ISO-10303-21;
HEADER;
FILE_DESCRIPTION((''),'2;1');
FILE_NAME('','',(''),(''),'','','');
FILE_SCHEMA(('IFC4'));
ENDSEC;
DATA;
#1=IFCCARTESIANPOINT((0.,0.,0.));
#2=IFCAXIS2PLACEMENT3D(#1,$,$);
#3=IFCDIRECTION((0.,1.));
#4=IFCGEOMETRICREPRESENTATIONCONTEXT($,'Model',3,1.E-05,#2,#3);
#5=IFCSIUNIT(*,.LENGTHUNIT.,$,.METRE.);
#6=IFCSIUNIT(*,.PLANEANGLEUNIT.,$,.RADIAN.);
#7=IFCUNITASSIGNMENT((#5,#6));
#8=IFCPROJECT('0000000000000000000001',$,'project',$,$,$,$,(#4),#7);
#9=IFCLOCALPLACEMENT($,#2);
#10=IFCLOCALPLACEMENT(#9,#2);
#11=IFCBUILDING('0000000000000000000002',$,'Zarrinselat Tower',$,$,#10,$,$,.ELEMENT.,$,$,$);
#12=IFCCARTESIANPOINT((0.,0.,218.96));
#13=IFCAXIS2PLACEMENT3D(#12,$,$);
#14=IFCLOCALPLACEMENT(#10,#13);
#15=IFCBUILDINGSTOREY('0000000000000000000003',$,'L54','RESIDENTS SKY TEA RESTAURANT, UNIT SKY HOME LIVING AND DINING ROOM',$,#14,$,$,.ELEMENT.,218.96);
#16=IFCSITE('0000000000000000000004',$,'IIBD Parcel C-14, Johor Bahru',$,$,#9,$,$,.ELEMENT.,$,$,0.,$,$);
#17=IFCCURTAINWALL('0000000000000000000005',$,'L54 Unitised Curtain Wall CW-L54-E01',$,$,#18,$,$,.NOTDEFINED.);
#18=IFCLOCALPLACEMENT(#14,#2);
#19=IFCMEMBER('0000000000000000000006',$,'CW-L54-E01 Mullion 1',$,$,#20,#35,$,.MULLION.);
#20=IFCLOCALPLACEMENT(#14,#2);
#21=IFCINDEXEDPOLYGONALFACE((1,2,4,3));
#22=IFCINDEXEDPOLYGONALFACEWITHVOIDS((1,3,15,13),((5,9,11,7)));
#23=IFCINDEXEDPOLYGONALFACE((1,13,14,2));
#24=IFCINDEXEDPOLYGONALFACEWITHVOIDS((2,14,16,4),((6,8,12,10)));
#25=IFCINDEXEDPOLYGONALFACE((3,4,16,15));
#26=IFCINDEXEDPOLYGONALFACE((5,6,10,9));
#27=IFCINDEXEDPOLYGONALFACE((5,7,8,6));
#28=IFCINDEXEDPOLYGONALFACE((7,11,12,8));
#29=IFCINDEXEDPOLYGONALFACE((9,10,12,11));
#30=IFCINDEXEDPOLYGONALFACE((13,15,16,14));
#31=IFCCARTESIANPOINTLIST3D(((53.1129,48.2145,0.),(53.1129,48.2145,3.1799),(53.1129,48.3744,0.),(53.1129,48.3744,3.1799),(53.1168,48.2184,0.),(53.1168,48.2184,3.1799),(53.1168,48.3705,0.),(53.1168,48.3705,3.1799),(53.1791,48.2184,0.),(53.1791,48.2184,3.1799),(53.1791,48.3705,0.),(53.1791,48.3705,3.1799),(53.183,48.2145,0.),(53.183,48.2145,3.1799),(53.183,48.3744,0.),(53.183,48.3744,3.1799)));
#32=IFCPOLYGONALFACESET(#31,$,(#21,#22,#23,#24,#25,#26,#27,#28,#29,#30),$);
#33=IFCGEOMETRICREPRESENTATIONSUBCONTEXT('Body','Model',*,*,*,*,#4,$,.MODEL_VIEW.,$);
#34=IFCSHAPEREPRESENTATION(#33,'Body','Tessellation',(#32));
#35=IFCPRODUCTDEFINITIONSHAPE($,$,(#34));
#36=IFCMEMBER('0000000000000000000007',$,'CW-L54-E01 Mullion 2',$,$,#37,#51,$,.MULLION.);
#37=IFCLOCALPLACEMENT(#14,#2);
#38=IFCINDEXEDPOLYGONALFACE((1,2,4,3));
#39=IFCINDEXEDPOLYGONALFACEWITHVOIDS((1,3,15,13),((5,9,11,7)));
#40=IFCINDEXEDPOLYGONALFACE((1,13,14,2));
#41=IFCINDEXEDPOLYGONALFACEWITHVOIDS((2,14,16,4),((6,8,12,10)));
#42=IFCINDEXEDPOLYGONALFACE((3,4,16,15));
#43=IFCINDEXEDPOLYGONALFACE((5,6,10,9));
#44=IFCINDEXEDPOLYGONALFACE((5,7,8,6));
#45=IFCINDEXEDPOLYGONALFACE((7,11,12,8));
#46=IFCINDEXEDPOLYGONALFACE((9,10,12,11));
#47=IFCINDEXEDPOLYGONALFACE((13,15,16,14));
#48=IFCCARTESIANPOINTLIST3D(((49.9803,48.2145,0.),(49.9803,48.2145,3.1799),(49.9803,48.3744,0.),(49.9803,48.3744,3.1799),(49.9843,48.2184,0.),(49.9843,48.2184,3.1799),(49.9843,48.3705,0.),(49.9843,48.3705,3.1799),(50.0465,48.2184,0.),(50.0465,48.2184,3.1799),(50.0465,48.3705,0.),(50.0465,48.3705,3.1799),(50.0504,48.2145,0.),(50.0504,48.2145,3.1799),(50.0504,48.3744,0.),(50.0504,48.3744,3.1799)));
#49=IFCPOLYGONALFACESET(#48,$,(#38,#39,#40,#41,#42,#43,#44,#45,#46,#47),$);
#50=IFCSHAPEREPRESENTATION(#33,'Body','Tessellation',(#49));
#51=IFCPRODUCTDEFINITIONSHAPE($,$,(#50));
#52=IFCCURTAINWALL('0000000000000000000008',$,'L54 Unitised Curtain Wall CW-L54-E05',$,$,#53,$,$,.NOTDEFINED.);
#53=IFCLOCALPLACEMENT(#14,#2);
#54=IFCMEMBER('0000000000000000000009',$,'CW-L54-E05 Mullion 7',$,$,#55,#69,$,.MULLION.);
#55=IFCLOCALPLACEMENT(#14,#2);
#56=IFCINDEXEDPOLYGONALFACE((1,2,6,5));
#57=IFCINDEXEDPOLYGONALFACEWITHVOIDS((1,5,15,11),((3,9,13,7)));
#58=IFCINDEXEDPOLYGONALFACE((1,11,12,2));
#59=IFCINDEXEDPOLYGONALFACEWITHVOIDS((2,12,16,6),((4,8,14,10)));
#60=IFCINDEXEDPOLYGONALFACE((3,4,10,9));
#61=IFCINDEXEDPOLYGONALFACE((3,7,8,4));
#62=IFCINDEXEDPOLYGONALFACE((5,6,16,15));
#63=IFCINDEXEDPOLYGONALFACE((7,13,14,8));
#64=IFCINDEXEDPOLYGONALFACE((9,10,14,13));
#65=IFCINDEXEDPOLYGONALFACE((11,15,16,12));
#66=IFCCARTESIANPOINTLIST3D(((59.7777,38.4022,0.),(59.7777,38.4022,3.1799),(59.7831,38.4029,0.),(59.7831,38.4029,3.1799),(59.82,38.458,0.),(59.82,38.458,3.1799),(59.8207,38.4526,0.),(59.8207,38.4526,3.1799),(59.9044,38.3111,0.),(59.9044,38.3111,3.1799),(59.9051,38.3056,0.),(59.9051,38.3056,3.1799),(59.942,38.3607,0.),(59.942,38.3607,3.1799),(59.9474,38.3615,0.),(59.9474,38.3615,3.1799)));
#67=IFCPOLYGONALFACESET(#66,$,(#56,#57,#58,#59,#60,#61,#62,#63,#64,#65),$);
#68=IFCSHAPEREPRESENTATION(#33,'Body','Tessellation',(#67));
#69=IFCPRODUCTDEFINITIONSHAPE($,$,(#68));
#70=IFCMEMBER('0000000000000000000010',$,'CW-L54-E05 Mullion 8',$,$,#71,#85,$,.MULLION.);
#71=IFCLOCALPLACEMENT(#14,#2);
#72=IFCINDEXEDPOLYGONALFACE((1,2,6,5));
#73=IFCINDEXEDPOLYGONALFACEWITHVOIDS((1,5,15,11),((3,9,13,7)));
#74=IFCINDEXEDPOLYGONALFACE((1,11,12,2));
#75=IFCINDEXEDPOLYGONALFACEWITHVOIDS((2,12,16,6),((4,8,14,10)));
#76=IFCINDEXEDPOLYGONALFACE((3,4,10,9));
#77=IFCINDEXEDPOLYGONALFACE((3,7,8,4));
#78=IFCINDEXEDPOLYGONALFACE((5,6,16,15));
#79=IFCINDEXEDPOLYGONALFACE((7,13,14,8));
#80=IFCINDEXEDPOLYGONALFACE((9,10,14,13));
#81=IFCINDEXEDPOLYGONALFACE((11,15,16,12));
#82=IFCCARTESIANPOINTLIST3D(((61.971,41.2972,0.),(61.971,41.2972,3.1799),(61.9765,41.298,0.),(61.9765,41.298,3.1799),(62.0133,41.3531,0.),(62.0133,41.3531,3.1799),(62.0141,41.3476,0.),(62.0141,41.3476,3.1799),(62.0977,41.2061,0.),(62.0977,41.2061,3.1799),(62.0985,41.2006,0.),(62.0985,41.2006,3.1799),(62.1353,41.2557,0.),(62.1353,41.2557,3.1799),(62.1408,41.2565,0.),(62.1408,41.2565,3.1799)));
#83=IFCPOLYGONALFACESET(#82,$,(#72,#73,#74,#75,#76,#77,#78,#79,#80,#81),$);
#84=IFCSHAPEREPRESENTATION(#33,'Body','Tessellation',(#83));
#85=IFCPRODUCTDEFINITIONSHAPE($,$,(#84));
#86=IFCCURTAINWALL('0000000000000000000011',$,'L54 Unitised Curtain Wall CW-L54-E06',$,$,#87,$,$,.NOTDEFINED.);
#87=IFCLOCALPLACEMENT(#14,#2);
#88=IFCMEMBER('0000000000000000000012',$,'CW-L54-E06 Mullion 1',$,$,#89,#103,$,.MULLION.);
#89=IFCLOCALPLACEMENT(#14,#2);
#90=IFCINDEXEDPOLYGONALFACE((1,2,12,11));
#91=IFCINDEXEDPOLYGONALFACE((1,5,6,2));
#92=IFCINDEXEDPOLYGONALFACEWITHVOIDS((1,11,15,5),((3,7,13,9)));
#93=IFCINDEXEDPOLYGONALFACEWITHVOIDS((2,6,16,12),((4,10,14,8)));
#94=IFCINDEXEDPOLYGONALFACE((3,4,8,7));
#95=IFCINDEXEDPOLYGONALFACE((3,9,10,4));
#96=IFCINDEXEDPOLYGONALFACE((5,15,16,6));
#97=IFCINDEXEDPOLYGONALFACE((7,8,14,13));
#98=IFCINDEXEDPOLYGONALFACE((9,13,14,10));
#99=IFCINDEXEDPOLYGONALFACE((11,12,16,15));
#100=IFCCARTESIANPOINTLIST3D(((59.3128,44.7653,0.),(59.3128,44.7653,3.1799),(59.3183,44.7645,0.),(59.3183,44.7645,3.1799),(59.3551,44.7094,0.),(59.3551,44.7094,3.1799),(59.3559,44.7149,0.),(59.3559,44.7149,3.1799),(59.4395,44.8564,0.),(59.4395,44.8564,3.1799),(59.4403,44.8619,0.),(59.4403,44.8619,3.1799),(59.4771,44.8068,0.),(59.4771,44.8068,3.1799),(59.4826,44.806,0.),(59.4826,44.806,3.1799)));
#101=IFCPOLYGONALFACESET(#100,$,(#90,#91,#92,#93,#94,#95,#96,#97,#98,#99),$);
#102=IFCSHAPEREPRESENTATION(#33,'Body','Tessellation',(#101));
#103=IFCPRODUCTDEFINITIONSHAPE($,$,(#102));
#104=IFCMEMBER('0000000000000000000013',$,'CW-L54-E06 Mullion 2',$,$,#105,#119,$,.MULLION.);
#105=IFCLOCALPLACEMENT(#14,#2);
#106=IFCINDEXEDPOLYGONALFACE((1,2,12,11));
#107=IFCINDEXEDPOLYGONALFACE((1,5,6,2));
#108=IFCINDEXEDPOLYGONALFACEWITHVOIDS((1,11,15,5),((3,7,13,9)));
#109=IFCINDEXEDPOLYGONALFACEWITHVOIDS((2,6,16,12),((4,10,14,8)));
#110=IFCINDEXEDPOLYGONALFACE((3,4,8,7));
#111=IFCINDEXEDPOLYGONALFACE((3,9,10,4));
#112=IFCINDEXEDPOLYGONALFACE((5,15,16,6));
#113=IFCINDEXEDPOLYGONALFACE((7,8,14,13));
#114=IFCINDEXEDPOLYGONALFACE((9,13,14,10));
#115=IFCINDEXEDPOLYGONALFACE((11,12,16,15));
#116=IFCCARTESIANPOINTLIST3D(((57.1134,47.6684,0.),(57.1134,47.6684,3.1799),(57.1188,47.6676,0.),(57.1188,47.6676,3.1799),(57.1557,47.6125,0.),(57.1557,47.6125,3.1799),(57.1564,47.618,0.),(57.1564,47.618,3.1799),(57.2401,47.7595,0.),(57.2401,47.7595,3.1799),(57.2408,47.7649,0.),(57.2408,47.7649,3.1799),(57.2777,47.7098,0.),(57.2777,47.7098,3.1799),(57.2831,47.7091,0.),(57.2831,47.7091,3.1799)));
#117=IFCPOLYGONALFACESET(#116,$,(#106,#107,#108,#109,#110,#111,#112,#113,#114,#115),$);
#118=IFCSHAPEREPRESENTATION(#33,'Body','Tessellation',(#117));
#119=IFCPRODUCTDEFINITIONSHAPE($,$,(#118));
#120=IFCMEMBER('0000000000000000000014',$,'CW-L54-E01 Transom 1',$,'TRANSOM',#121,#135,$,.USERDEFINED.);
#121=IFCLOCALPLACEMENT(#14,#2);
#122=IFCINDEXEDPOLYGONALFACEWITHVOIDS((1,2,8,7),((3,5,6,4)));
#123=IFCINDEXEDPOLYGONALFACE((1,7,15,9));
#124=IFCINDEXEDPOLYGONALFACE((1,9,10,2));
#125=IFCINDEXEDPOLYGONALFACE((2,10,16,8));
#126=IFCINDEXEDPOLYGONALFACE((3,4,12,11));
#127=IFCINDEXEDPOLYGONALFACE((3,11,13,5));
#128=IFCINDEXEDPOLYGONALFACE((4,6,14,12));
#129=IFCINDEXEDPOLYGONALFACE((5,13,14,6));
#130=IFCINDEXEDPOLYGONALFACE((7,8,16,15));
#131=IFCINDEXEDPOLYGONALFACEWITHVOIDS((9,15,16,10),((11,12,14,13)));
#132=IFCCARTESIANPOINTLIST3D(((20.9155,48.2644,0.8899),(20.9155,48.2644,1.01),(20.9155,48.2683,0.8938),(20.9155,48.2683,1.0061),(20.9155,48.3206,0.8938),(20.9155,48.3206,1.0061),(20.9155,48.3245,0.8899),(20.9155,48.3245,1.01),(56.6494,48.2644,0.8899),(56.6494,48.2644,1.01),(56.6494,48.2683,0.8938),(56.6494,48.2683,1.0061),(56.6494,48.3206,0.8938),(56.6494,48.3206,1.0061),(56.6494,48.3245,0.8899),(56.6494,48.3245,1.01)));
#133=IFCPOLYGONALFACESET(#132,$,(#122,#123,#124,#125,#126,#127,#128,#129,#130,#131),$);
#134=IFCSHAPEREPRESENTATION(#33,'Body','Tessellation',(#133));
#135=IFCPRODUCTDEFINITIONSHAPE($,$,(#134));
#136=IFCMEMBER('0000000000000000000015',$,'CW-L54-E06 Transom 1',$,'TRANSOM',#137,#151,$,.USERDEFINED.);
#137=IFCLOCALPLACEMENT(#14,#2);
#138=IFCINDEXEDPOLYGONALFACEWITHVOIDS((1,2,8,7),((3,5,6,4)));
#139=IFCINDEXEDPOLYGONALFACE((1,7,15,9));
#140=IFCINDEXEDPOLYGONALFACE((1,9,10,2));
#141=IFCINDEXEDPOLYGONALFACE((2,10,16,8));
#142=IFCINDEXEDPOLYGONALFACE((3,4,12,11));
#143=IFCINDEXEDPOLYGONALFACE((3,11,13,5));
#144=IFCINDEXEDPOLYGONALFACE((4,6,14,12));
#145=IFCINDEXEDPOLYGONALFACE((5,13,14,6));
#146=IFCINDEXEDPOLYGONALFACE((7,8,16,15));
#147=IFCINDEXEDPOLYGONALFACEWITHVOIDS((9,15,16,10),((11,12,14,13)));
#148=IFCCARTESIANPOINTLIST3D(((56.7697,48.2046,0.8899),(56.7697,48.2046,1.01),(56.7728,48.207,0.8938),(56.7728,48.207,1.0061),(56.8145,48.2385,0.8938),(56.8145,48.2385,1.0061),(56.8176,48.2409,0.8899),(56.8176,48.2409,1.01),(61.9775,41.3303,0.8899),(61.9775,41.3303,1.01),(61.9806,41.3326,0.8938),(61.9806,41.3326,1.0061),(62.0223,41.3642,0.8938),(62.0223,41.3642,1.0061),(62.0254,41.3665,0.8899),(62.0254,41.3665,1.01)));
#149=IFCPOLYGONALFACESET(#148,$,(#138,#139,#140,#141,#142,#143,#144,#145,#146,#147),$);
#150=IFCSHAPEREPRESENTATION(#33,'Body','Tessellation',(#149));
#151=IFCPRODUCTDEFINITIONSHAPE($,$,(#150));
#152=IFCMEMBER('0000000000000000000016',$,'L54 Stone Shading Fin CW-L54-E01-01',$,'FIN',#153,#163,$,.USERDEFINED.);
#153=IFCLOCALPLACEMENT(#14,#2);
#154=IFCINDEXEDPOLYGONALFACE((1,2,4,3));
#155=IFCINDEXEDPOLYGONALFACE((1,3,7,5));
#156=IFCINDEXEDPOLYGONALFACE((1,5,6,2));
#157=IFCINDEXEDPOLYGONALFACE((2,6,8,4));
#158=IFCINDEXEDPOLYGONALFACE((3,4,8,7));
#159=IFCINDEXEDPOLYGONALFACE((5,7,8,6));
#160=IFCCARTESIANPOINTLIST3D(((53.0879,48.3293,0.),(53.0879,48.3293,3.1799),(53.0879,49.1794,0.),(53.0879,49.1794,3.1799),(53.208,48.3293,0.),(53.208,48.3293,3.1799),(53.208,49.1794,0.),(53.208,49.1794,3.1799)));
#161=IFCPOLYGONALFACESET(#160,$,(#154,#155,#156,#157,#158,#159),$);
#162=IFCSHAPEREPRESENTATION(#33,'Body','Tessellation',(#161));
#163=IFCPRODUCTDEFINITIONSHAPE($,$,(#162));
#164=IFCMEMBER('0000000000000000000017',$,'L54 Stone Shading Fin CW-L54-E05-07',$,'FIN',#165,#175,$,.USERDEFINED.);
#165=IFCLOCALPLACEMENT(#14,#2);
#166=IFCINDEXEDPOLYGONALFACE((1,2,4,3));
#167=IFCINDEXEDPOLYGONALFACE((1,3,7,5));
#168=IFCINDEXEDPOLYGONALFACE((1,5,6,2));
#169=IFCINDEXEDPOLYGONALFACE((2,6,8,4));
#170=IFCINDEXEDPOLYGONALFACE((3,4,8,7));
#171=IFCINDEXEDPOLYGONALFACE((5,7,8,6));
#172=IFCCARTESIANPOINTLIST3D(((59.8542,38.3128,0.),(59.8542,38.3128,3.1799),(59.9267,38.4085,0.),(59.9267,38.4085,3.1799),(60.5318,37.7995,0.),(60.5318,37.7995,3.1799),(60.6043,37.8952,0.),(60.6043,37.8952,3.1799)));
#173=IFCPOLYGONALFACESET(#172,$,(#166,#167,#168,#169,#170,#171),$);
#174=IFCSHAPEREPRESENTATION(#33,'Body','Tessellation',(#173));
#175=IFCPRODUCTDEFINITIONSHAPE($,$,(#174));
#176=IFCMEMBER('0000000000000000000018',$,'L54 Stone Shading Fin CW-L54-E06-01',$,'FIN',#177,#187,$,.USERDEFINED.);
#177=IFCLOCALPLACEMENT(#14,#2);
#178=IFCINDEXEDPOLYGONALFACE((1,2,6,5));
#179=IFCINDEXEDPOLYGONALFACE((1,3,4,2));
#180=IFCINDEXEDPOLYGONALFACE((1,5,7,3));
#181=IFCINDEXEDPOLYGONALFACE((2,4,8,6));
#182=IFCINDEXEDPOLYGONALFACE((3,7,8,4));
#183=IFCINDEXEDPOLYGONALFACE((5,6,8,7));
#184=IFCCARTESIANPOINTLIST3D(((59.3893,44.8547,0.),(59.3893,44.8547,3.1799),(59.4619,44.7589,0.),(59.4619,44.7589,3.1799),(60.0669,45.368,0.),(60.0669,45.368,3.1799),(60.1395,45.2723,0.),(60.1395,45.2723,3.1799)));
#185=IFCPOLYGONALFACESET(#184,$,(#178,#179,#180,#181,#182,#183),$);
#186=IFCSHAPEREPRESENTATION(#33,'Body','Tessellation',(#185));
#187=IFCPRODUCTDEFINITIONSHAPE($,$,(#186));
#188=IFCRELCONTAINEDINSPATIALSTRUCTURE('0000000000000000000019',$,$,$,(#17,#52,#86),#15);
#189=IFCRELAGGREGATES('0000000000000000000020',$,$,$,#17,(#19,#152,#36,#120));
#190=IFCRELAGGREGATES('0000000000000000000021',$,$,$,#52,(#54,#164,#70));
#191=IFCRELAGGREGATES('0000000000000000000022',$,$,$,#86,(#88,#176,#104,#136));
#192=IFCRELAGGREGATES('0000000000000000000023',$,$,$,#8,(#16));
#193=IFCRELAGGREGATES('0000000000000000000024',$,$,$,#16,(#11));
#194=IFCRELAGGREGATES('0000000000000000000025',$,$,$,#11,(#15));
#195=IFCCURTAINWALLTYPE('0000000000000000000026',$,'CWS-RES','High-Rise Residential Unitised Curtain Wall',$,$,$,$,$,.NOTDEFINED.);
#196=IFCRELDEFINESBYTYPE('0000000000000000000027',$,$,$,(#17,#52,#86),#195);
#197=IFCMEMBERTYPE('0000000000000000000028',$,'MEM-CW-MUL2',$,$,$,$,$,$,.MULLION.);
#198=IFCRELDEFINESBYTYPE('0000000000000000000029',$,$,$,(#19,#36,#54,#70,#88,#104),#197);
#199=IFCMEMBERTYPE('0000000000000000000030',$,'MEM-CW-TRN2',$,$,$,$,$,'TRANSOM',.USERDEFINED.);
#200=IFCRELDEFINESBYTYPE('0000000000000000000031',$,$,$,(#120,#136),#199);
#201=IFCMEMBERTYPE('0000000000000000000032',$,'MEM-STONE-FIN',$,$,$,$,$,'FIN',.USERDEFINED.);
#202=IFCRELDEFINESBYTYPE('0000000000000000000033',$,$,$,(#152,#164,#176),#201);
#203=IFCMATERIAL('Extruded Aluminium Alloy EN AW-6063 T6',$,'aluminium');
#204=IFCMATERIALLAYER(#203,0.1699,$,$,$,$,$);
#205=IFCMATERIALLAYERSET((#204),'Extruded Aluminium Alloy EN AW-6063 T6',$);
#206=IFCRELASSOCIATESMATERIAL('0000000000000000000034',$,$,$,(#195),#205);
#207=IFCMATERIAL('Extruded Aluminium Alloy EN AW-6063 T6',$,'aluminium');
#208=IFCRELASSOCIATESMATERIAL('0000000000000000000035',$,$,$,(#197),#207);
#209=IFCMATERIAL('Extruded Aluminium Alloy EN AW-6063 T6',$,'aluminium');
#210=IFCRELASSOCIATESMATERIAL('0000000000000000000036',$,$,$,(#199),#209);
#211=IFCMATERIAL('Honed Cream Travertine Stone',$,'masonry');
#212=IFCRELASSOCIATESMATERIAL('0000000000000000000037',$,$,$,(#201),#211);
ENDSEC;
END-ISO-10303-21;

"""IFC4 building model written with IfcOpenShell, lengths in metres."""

from ifc_helpers import new_model, si_unit, direction, frame, origin, origin_2d, place, context, subcontext, project, spatial, rectangle, hollow_rectangle, extrude, material, layer, layer_set, material_profile, profile_set, type_object, element, aggregate, save


model = new_model("IFC4")

# Units and contexts
model_context = context("Model", 3, precision=1e-05, world=origin(), true_north=direction((0.0, 1.0)))
body_context = subcontext(model_context, "Body", "Model", "MODEL_VIEW")
ifc_project = project(units=[si_unit("LENGTHUNIT", "METRE"), si_unit("PLANEANGLEUNIT", "RADIAN")], contexts=[model_context])

# Site, building, storey
site_placement = place(None, origin())
site = spatial("IfcSite", under=ifc_project, at=site_placement, Name="IIBD Parcel C-14, Johor Bahru", CompositionType="ELEMENT", RefElevation=0.0)
building_placement = place(site_placement, origin())
building = spatial("IfcBuilding", under=site, at=building_placement, Name="Zarrinselat Tower", CompositionType="ELEMENT")
storey_placement = place(building_placement, frame((0.0, 0.0, 218.96)))
storey = spatial("IfcBuildingStorey", under=building, at=storey_placement, Name="L54", Description="RESIDENTS SKY TEA RESTAURANT, UNIT SKY HOME LIVING AND DINING ROOM", CompositionType="ELEMENT", Elevation=218.96)

# Curtain walls, members
ifc_material_1 = material(Name="Extruded Aluminium Alloy EN AW-6063 T6", Category="aluminium")
ifc_layer_1 = layer(ifc_material_1, 0.1699)
ifc_layer_set_1 = layer_set([ifc_layer_1], Name="Extruded Aluminium Alloy EN AW-6063 T6")
curtain_wall_type = type_object("IfcCurtainWallType", Name="CWS-RES", Description="High-Rise Residential Unitised Curtain Wall", PredefinedType="NOTDEFINED", material=ifc_layer_set_1)
curtain_wall_1_placement = place(storey_placement, origin())
curtain_wall_1 = element("IfcCurtainWall", 1, at=curtain_wall_1_placement, inside=storey, type_object=curtain_wall_type, Name="L54 Unitised Curtain Wall CW-L54-E01", PredefinedType="NOTDEFINED")
ifc_material_2 = material(Name="Extruded Aluminium Alloy EN AW-6063 T6", Category="aluminium")
ifc_material_profile_1 = material_profile(ifc_material_2, hollow_rectangle(XDim=0.0701, YDim=0.1599, WallThickness=0.0039, at=origin_2d()), Name="RHS 160x70x4")
ifc_profile_set_1 = profile_set([ifc_material_profile_1], Name="Extruded Aluminium Alloy EN AW-6063 T6")
member_type_1 = type_object("IfcMemberType", Name="MEM-CW-MUL2", PredefinedType="MULLION", material=ifc_profile_set_1)
member_1_placement = place(storey_placement, frame((53.1479, 48.2944, 0.0), z_axis=(0.0, 0.0, 1.0), x_axis=(-1.0, 0.0, 0.0)))
member_1 = element("IfcMember", 2, at=member_1_placement, type_object=member_type_1, Name="CW-L54-E01 Mullion 1", PredefinedType="MULLION", context=body_context, shape_type="SweptSolid", body=[
    extrude(hollow_rectangle(XDim=0.0701, YDim=0.1599, WallThickness=0.0039, at=origin_2d()), origin(), (0.0, 0.0, 1.0), 3.1799),
])
member_2_placement = place(storey_placement, frame((50.0154, 48.2944, 0.0), z_axis=(0.0, 0.0, 1.0), x_axis=(-1.0, 0.0, 0.0)))
member_2 = element("IfcMember", 3, at=member_2_placement, type_object=member_type_1, Name="CW-L54-E01 Mullion 2", PredefinedType="MULLION", context=body_context, shape_type="SweptSolid", body=[
    extrude(hollow_rectangle(XDim=0.0701, YDim=0.1599, WallThickness=0.0039, at=origin_2d()), origin(), (0.0, 0.0, 1.0), 3.1799),
])
curtain_wall_2_placement = place(storey_placement, origin())
curtain_wall_2 = element("IfcCurtainWall", 4, at=curtain_wall_2_placement, inside=storey, type_object=curtain_wall_type, Name="L54 Unitised Curtain Wall CW-L54-E05", PredefinedType="NOTDEFINED")
member_3_placement = place(storey_placement, frame((59.8625, 38.3818, 0.0), z_axis=(0.0, 0.0, 1.0), x_axis=(0.603859, 0.797091, 0.0)))
member_3 = element("IfcMember", 5, at=member_3_placement, type_object=member_type_1, Name="CW-L54-E05 Mullion 7", PredefinedType="MULLION", context=body_context, shape_type="SweptSolid", body=[
    extrude(hollow_rectangle(XDim=0.0701, YDim=0.1599, WallThickness=0.0039, at=origin_2d()), origin(), (0.0, 0.0, 1.0), 3.1799),
])
member_4_placement = place(storey_placement, frame((62.0559, 41.2769, 0.0), z_axis=(0.0, 0.0, 1.0), x_axis=(0.603859, 0.797091, 0.0)))
member_4 = element("IfcMember", 6, at=member_4_placement, type_object=member_type_1, Name="CW-L54-E05 Mullion 8", PredefinedType="MULLION", context=body_context, shape_type="SweptSolid", body=[
    extrude(hollow_rectangle(XDim=0.0701, YDim=0.1599, WallThickness=0.0039, at=origin_2d()), origin(), (0.0, 0.0, 1.0), 3.1799),
])
curtain_wall_3_placement = place(storey_placement, origin())
curtain_wall_3 = element("IfcCurtainWall", 7, at=curtain_wall_3_placement, inside=storey, type_object=curtain_wall_type, Name="L54 Unitised Curtain Wall CW-L54-E06", PredefinedType="NOTDEFINED")
member_5_placement = place(storey_placement, frame((59.3977, 44.7856, 0.0), z_axis=(0.0, 0.0, 1.0), x_axis=(-0.60386, 0.79709, 0.0)))
member_5 = element("IfcMember", 8, at=member_5_placement, type_object=member_type_1, Name="CW-L54-E06 Mullion 1", PredefinedType="MULLION", context=body_context, shape_type="SweptSolid", body=[
    extrude(hollow_rectangle(XDim=0.0701, YDim=0.1599, WallThickness=0.0039, at=origin_2d()), origin(), (0.0, 0.0, 1.0), 3.1799),
])
member_6_placement = place(storey_placement, frame((57.1982, 47.6887, 0.0), z_axis=(0.0, 0.0, 1.0), x_axis=(-0.60386, 0.79709, 0.0)))
member_6 = element("IfcMember", 9, at=member_6_placement, type_object=member_type_1, Name="CW-L54-E06 Mullion 2", PredefinedType="MULLION", context=body_context, shape_type="SweptSolid", body=[
    extrude(hollow_rectangle(XDim=0.0701, YDim=0.1599, WallThickness=0.0039, at=origin_2d()), origin(), (0.0, 0.0, 1.0), 3.1799),
])

# Members
ifc_material_3 = material(Name="Extruded Aluminium Alloy EN AW-6063 T6", Category="aluminium")
ifc_material_profile_2 = material_profile(ifc_material_3, hollow_rectangle(XDim=0.0601, YDim=0.1201, WallThickness=0.0039, at=origin_2d()), Name="RHS 120x60x4")
ifc_profile_set_2 = profile_set([ifc_material_profile_2], Name="Extruded Aluminium Alloy EN AW-6063 T6")
member_type_2 = type_object("IfcMemberType", Name="MEM-CW-TRN2", ElementType="TRANSOM", PredefinedType="USERDEFINED", material=ifc_profile_set_2)
member_7_placement = place(storey_placement, frame((56.6494, 48.2944, 0.95), z_axis=(-1.0, 0.0, 0.0), x_axis=(0.0, -1.0, 0.0)))
member_7 = element("IfcMember", 10, at=member_7_placement, type_object=member_type_2, Name="CW-L54-E01 Transom 1", ObjectType="TRANSOM", PredefinedType="USERDEFINED", context=body_context, shape_type="SweptSolid", body=[
    extrude(hollow_rectangle(XDim=0.0601, YDim=0.1201, WallThickness=0.0039, at=origin_2d()), origin(), (0.0, 0.0, 1.0), 35.7339),
])
member_8_placement = place(storey_placement, frame((62.0015, 41.3484, 0.95), z_axis=(-0.603857, 0.797093, 0.0), x_axis=(-0.797093, -0.603857, 0.0)))
member_8 = element("IfcMember", 11, at=member_8_placement, type_object=member_type_2, Name="CW-L54-E06 Transom 1", ObjectType="TRANSOM", PredefinedType="USERDEFINED", context=body_context, shape_type="SweptSolid", body=[
    extrude(hollow_rectangle(XDim=0.0601, YDim=0.1201, WallThickness=0.0039, at=origin_2d()), origin(), (0.0, 0.0, 1.0), 8.6243),
])
ifc_material_4 = material(Name="Honed Cream Travertine Stone", Category="masonry")
ifc_material_profile_3 = material_profile(ifc_material_4, rectangle(XDim=0.1201, YDim=0.8501, at=origin_2d()), Name="FIN 850x120")
ifc_profile_set_3 = profile_set([ifc_material_profile_3], Name="Honed Cream Travertine Stone")
member_type_3 = type_object("IfcMemberType", Name="MEM-STONE-FIN", ElementType="FIN", PredefinedType="USERDEFINED", material=ifc_profile_set_3)
member_9_placement = place(storey_placement, frame((53.1479, 48.7544, 0.0), z_axis=(0.0, 0.0, 1.0), x_axis=(1.0, 0.0, 0.0)))
member_9 = element("IfcMember", 12, at=member_9_placement, type_object=member_type_3, Name="L54 Stone Shading Fin CW-L54-E01-01", ObjectType="FIN", PredefinedType="USERDEFINED", context=body_context, shape_type="SweptSolid", body=[
    extrude(rectangle(XDim=0.1201, YDim=0.8501, at=origin_2d()), origin(), (0.0, 0.0, 1.0), 3.1799),
])
member_10_placement = place(storey_placement, frame((60.2292, 38.104, 0.0), z_axis=(0.0, 0.0, 1.0), x_axis=(-0.603859, -0.797091, 0.0)))
member_10 = element("IfcMember", 13, at=member_10_placement, type_object=member_type_3, Name="L54 Stone Shading Fin CW-L54-E05-07", ObjectType="FIN", PredefinedType="USERDEFINED", context=body_context, shape_type="SweptSolid", body=[
    extrude(rectangle(XDim=0.1201, YDim=0.8501, at=origin_2d()), origin(), (0.0, 0.0, 1.0), 3.1799),
])
member_11_placement = place(storey_placement, frame((59.7644, 45.0635, 0.0), z_axis=(0.0, 0.0, 1.0), x_axis=(0.60386, -0.79709, 0.0)))
member_11 = element("IfcMember", 14, at=member_11_placement, type_object=member_type_3, Name="L54 Stone Shading Fin CW-L54-E06-01", ObjectType="FIN", PredefinedType="USERDEFINED", context=body_context, shape_type="SweptSolid", body=[
    extrude(rectangle(XDim=0.1201, YDim=0.8501, at=origin_2d()), origin(), (0.0, 0.0, 1.0), 3.1799),
])

aggregate(curtain_wall_1, [member_1, member_9, member_2, member_7])
aggregate(curtain_wall_2, [member_3, member_10, member_4])
aggregate(curtain_wall_3, [member_5, member_11, member_6, member_8])

save(model, "model.ifc")
